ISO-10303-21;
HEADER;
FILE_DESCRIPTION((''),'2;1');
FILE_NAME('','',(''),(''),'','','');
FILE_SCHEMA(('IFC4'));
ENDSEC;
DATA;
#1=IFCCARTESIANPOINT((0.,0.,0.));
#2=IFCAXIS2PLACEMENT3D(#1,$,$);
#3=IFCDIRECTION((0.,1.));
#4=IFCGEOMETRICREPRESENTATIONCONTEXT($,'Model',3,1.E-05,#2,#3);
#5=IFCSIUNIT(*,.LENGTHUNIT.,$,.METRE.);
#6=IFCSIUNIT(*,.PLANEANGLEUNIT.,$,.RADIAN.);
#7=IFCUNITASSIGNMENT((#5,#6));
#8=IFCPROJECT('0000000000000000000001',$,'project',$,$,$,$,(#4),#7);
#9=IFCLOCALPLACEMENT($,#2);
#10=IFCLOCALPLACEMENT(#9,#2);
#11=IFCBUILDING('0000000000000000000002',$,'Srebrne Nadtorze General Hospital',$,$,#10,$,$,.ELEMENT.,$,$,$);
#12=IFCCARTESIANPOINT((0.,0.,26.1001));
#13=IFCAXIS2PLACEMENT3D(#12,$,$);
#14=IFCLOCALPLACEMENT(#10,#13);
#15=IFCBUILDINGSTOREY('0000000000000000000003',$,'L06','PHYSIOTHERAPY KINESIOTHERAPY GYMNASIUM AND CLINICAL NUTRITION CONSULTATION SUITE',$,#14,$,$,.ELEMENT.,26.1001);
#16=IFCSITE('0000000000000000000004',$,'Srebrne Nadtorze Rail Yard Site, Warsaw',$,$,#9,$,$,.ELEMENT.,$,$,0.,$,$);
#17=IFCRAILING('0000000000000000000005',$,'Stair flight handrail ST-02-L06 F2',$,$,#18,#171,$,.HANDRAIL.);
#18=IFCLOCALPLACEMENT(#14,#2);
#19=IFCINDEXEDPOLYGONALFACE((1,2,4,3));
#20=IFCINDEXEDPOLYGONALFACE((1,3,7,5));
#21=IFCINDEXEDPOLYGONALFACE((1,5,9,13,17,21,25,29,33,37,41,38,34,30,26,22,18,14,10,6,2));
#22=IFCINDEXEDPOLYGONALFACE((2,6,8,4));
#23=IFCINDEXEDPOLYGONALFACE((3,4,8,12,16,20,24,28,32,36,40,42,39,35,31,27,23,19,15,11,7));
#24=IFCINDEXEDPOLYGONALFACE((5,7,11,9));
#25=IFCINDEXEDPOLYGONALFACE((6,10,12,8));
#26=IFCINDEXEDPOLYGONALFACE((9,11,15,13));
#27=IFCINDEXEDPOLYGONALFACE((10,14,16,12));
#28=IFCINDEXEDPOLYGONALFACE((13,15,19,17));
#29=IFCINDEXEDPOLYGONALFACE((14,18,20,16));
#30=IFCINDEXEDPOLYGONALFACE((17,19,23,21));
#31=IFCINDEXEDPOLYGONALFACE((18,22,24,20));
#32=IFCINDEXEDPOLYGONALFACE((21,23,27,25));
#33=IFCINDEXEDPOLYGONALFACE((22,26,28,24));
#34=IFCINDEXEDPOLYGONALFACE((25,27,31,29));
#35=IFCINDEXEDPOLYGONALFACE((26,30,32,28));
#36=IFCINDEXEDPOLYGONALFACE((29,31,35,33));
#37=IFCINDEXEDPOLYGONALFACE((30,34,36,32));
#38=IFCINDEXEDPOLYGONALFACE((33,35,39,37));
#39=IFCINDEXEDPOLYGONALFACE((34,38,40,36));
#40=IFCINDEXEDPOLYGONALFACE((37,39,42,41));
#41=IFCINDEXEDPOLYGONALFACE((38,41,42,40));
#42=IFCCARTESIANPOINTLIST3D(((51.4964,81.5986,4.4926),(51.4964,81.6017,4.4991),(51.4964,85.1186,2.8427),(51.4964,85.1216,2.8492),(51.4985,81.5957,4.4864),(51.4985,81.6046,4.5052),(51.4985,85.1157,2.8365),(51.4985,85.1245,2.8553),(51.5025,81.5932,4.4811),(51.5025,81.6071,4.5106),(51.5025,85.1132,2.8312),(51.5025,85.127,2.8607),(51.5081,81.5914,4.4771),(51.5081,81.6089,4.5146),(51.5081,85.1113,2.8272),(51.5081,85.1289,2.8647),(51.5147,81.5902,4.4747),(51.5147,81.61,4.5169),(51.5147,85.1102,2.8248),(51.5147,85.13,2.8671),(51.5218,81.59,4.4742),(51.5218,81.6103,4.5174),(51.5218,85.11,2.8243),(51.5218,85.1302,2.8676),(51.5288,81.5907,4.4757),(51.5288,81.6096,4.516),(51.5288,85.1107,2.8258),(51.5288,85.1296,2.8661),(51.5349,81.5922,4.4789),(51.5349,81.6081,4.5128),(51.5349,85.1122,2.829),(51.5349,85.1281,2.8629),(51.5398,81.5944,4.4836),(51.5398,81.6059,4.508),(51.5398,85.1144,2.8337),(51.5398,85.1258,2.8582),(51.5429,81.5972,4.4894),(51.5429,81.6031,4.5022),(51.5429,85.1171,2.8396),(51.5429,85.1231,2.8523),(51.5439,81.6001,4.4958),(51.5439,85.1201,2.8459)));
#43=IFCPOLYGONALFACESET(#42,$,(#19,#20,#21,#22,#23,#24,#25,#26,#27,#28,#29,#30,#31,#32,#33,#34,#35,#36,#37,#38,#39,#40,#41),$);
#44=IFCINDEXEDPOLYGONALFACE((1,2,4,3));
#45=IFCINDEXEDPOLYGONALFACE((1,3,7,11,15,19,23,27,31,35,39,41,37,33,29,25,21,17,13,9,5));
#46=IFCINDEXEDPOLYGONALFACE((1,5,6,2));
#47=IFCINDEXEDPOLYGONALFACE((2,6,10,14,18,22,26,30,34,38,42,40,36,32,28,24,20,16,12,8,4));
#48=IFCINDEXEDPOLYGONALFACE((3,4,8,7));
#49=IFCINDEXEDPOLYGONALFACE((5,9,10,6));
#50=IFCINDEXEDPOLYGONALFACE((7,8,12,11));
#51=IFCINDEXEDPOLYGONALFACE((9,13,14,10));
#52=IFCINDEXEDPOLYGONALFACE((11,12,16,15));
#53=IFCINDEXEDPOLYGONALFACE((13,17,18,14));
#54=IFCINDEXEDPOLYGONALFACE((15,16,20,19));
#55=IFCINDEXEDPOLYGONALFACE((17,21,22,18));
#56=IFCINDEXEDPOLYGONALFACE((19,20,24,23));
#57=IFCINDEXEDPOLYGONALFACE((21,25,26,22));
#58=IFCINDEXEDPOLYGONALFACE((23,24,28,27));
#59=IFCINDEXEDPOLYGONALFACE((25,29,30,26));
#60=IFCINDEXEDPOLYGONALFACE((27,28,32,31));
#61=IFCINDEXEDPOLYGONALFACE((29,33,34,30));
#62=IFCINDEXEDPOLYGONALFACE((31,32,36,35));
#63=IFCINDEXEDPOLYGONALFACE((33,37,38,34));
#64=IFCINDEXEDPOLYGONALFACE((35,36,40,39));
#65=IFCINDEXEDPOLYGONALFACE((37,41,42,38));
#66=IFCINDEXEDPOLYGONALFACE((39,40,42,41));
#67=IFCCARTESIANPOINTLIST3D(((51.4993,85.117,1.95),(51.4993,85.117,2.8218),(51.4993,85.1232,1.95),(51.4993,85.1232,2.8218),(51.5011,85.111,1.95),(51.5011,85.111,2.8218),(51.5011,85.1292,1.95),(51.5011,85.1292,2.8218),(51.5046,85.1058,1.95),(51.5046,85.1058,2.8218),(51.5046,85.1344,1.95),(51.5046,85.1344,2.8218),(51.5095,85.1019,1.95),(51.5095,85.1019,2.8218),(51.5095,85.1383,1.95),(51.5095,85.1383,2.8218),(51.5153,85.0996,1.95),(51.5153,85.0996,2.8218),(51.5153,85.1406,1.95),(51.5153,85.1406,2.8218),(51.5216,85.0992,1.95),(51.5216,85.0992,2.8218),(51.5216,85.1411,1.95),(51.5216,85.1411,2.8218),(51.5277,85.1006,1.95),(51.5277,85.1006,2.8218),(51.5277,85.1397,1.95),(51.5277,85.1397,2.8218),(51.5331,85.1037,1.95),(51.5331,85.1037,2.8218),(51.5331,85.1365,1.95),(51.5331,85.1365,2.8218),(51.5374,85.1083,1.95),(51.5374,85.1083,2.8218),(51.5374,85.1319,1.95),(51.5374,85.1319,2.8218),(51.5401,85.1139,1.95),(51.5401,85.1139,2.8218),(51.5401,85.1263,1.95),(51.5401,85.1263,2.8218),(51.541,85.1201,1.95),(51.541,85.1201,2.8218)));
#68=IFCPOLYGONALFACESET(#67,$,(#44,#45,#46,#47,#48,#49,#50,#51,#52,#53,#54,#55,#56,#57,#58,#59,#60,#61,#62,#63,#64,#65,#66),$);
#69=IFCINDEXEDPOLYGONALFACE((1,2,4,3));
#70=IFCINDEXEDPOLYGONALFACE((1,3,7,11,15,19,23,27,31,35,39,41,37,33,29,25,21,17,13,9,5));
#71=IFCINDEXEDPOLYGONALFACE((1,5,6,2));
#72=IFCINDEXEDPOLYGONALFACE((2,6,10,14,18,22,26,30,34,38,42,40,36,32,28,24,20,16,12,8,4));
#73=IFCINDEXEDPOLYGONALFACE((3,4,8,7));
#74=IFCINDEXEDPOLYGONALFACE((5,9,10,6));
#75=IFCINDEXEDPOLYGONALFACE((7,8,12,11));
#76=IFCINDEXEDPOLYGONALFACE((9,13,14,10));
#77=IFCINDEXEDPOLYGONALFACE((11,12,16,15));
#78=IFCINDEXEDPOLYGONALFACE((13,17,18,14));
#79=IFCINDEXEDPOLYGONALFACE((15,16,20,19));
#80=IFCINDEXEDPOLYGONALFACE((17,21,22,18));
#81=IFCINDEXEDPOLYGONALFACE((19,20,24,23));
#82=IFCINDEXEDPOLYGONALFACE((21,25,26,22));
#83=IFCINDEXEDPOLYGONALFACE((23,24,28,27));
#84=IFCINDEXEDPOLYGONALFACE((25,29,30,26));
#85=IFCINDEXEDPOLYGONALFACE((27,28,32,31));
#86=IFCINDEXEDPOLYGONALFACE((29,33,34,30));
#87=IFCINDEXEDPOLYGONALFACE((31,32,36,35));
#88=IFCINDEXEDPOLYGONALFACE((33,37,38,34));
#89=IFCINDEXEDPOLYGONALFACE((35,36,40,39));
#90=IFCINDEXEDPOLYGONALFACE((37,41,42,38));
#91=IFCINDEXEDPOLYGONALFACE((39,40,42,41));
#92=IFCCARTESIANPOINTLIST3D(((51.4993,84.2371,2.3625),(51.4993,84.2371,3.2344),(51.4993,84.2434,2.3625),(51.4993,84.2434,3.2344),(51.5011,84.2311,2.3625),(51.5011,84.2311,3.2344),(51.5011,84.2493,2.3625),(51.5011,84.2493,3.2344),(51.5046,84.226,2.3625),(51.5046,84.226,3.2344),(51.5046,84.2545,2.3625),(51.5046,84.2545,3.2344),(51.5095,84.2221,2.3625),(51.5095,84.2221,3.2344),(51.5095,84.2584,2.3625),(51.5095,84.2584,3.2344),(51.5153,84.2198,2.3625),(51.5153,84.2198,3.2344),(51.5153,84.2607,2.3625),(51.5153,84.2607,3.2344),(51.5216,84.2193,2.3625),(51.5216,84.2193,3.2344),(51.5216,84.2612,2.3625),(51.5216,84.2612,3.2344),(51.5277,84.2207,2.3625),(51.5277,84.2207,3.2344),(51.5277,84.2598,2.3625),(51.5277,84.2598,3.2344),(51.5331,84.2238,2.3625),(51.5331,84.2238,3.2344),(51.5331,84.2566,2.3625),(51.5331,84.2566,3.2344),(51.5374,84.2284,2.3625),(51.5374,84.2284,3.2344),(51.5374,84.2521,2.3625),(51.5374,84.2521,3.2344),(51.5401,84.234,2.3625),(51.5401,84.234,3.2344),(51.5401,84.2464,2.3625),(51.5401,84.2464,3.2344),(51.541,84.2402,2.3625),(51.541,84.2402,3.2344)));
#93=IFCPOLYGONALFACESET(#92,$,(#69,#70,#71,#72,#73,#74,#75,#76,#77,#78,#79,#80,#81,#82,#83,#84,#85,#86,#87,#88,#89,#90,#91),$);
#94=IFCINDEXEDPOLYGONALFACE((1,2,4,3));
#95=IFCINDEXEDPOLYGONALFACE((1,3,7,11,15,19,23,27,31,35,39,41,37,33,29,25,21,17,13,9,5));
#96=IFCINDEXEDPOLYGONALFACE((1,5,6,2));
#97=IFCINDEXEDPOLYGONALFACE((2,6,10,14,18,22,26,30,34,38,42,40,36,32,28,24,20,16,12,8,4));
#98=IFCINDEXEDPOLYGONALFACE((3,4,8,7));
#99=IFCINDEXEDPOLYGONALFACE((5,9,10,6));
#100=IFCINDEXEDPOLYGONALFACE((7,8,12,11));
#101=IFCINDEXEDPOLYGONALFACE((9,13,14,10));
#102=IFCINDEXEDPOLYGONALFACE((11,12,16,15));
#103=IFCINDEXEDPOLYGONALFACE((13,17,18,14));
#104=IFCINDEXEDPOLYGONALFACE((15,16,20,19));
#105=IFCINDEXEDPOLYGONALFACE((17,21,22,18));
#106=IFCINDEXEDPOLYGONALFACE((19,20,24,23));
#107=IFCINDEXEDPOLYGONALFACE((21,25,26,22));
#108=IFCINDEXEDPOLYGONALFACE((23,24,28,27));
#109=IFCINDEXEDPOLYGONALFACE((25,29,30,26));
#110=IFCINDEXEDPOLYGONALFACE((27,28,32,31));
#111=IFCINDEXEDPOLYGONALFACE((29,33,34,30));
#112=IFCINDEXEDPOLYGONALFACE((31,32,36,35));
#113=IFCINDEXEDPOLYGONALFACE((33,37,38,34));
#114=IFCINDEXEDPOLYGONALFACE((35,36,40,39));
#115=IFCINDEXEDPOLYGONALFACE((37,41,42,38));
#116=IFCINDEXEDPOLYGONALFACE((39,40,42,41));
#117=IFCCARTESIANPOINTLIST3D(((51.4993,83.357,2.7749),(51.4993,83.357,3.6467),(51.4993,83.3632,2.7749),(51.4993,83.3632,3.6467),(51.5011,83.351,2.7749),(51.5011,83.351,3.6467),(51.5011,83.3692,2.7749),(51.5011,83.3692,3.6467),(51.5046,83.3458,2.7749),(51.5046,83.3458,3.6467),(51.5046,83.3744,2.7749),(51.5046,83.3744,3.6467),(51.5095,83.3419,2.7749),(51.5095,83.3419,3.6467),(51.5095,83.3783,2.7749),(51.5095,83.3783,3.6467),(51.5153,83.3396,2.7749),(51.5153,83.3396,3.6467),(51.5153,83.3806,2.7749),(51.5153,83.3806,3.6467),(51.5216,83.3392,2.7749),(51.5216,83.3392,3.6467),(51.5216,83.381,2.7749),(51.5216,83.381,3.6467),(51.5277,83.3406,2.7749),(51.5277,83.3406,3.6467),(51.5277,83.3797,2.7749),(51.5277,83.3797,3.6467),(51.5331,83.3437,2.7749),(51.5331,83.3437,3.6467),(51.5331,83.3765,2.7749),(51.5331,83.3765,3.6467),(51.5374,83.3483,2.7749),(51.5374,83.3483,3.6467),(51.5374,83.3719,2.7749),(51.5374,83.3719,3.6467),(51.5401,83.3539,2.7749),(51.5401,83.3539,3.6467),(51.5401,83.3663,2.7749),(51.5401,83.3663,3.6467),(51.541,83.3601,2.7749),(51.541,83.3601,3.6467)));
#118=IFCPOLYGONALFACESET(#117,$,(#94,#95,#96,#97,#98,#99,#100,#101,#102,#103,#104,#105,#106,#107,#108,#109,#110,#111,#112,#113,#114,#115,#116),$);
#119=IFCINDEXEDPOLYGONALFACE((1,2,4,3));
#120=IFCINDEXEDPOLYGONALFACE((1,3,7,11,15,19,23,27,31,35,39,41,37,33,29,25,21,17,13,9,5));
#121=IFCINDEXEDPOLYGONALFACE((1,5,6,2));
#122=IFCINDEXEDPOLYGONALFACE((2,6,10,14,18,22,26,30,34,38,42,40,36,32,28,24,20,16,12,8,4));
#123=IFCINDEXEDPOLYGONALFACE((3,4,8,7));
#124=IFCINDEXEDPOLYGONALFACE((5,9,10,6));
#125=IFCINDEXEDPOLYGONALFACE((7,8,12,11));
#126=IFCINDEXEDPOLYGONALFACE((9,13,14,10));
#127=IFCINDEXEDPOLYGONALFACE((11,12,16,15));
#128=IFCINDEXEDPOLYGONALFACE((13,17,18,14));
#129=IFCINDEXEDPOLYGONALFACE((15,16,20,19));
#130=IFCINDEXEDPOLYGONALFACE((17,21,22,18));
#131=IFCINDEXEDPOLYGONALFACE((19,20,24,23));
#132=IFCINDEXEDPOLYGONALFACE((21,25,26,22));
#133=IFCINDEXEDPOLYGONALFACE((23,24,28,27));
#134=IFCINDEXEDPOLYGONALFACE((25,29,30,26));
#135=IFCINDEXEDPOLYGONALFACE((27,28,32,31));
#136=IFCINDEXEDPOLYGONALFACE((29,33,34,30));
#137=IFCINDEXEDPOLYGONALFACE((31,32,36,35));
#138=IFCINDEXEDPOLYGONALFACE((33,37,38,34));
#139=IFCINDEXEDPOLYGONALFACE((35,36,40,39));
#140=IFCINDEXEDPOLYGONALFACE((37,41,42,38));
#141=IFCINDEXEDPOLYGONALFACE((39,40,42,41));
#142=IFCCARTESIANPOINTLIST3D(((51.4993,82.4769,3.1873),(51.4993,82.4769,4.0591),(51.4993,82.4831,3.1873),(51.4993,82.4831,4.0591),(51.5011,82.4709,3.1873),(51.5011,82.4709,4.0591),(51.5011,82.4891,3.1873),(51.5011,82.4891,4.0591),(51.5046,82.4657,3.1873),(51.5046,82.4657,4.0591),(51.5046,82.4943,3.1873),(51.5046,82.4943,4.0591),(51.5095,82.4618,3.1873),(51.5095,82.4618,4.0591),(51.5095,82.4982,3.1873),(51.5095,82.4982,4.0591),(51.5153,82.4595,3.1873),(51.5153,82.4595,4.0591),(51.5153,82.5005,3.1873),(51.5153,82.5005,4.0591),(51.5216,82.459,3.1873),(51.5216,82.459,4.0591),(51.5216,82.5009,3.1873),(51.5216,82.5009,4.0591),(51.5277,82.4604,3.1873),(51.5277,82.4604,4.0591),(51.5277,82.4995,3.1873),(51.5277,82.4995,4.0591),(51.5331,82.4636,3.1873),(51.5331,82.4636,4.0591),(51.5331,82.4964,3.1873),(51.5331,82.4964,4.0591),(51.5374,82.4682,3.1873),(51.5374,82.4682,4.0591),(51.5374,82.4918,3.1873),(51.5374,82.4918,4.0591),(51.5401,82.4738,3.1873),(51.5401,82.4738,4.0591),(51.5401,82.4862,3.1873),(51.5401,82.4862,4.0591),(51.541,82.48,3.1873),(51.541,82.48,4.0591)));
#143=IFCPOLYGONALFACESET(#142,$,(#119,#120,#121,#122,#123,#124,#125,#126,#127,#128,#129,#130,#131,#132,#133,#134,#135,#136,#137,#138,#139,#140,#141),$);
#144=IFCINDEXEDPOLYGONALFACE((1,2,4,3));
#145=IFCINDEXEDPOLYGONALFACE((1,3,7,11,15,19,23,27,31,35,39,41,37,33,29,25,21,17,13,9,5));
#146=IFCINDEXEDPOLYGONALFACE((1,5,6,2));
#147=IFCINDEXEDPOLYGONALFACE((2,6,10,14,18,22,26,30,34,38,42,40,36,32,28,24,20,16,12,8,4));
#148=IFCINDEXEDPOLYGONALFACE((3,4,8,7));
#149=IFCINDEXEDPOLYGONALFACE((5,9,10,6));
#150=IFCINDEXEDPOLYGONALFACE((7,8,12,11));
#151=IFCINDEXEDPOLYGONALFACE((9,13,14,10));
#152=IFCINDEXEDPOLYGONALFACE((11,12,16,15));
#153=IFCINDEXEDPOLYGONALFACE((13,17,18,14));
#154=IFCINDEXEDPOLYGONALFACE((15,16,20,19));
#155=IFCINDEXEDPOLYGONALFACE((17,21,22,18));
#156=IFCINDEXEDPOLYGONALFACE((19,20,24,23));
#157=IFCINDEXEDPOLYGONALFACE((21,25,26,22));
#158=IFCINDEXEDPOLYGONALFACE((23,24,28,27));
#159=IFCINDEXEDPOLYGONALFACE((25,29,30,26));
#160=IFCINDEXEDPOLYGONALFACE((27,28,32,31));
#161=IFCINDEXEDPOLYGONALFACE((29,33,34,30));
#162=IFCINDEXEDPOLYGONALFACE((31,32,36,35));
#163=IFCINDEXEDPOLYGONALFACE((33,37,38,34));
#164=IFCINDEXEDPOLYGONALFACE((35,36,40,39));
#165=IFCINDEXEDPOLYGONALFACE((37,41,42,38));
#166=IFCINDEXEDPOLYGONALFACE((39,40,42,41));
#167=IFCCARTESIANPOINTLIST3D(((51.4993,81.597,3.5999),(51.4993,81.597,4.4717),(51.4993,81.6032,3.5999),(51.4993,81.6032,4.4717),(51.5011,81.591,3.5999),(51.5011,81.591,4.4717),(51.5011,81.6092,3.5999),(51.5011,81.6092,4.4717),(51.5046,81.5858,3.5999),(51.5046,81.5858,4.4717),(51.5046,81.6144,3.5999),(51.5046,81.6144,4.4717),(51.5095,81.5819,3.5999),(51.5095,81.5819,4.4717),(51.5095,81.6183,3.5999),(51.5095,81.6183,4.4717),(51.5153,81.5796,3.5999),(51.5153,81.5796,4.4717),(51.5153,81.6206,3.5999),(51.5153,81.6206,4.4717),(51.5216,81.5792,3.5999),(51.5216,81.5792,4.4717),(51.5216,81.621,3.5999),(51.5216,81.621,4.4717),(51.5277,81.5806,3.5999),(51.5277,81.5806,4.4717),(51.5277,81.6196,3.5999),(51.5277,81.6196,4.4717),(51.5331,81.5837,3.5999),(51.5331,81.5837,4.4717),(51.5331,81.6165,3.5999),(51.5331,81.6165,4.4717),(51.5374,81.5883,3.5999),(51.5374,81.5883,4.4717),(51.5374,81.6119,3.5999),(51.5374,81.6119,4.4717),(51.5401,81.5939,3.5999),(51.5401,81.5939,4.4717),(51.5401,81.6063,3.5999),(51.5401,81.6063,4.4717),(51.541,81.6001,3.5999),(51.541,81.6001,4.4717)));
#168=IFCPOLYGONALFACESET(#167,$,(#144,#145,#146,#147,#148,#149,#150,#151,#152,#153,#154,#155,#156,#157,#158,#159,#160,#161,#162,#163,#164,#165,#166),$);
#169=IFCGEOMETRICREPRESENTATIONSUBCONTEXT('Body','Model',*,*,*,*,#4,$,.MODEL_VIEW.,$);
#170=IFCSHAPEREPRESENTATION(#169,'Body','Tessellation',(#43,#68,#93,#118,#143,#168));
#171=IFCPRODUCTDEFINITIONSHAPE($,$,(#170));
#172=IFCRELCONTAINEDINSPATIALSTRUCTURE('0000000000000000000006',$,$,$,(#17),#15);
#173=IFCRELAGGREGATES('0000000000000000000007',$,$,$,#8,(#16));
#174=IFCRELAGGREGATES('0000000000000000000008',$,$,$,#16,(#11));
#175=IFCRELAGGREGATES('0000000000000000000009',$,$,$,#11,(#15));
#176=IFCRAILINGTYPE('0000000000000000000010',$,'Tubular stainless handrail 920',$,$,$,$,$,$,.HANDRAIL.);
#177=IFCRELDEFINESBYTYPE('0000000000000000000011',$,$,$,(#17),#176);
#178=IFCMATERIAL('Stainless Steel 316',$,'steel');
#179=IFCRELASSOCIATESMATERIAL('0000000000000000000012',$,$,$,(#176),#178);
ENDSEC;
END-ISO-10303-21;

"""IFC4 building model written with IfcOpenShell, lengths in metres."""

from ifc_helpers import new_model, si_unit, direction, frame, origin, origin_2d, place, context, subcontext, project, spatial, circle, extrude, material, type_object, element, save


model = new_model("IFC4")

# Units and contexts
model_context = context("Model", 3, precision=1e-05, world=origin(), true_north=direction((0.0, 1.0)))
body_context = subcontext(model_context, "Body", "Model", "MODEL_VIEW")
ifc_project = project(units=[si_unit("LENGTHUNIT", "METRE"), si_unit("PLANEANGLEUNIT", "RADIAN")], contexts=[model_context])

# Site, building, storey
site_placement = place(None, origin())
site = spatial("IfcSite", under=ifc_project, at=site_placement, Name="Srebrne Nadtorze Rail Yard Site, Warsaw", CompositionType="ELEMENT", RefElevation=0.0)
building_placement = place(site_placement, origin())
building = spatial("IfcBuilding", under=site, at=building_placement, Name="Srebrne Nadtorze General Hospital", CompositionType="ELEMENT")
storey_placement = place(building_placement, frame((0.0, 0.0, 26.1001)))
storey = spatial("IfcBuildingStorey", under=building, at=storey_placement, Name="L06", Description="PHYSIOTHERAPY KINESIOTHERAPY GYMNASIUM AND CLINICAL NUTRITION CONSULTATION SUITE", CompositionType="ELEMENT", Elevation=26.1001)

# Railing
ifc_material_1 = material(Name="Stainless Steel 316", Category="steel")
railing_type = type_object("IfcRailingType", Name="Tubular stainless handrail 920", PredefinedType="HANDRAIL", material=ifc_material_1)
railing_1_placement = place(storey_placement, frame((51.52, 85.1201, 1.95)))
element("IfcRailing", 1, at=railing_1_placement, inside=storey, type_object=railing_type, Name="Stair flight handrail ST-02-L06 F2", PredefinedType="HANDRAIL", context=body_context, shape_type="SweptSolid", body=[
    extrude(circle(Radius=0.0239, at=origin_2d()), frame((0.0, 0.0, 0.896), z_axis=(0.0, -0.905469, 0.424411), x_axis=(1.0, 0.0, 0.0)), (0.0, 0.0, 1.0), 3.8875),
    extrude(circle(Radius=0.021, at=origin_2d()), origin(), (0.0, 0.0, 1.0), 0.8718),
    extrude(circle(Radius=0.021, at=origin_2d()), frame((0.0, -0.8799, 0.4126)), (0.0, 0.0, 1.0), 0.8718),
    extrude(circle(Radius=0.021, at=origin_2d()), frame((0.0, -1.76, 0.825)), (0.0, 0.0, 1.0), 0.8718),
    extrude(circle(Radius=0.021, at=origin_2d()), frame((0.0, -2.6401, 1.2373)), (0.0, 0.0, 1.0), 0.8718),
    extrude(circle(Radius=0.021, at=origin_2d()), frame((0.0, -3.52, 1.6499)), (0.0, 0.0, 1.0), 0.8718),
])

save(model, "model.ifc")
